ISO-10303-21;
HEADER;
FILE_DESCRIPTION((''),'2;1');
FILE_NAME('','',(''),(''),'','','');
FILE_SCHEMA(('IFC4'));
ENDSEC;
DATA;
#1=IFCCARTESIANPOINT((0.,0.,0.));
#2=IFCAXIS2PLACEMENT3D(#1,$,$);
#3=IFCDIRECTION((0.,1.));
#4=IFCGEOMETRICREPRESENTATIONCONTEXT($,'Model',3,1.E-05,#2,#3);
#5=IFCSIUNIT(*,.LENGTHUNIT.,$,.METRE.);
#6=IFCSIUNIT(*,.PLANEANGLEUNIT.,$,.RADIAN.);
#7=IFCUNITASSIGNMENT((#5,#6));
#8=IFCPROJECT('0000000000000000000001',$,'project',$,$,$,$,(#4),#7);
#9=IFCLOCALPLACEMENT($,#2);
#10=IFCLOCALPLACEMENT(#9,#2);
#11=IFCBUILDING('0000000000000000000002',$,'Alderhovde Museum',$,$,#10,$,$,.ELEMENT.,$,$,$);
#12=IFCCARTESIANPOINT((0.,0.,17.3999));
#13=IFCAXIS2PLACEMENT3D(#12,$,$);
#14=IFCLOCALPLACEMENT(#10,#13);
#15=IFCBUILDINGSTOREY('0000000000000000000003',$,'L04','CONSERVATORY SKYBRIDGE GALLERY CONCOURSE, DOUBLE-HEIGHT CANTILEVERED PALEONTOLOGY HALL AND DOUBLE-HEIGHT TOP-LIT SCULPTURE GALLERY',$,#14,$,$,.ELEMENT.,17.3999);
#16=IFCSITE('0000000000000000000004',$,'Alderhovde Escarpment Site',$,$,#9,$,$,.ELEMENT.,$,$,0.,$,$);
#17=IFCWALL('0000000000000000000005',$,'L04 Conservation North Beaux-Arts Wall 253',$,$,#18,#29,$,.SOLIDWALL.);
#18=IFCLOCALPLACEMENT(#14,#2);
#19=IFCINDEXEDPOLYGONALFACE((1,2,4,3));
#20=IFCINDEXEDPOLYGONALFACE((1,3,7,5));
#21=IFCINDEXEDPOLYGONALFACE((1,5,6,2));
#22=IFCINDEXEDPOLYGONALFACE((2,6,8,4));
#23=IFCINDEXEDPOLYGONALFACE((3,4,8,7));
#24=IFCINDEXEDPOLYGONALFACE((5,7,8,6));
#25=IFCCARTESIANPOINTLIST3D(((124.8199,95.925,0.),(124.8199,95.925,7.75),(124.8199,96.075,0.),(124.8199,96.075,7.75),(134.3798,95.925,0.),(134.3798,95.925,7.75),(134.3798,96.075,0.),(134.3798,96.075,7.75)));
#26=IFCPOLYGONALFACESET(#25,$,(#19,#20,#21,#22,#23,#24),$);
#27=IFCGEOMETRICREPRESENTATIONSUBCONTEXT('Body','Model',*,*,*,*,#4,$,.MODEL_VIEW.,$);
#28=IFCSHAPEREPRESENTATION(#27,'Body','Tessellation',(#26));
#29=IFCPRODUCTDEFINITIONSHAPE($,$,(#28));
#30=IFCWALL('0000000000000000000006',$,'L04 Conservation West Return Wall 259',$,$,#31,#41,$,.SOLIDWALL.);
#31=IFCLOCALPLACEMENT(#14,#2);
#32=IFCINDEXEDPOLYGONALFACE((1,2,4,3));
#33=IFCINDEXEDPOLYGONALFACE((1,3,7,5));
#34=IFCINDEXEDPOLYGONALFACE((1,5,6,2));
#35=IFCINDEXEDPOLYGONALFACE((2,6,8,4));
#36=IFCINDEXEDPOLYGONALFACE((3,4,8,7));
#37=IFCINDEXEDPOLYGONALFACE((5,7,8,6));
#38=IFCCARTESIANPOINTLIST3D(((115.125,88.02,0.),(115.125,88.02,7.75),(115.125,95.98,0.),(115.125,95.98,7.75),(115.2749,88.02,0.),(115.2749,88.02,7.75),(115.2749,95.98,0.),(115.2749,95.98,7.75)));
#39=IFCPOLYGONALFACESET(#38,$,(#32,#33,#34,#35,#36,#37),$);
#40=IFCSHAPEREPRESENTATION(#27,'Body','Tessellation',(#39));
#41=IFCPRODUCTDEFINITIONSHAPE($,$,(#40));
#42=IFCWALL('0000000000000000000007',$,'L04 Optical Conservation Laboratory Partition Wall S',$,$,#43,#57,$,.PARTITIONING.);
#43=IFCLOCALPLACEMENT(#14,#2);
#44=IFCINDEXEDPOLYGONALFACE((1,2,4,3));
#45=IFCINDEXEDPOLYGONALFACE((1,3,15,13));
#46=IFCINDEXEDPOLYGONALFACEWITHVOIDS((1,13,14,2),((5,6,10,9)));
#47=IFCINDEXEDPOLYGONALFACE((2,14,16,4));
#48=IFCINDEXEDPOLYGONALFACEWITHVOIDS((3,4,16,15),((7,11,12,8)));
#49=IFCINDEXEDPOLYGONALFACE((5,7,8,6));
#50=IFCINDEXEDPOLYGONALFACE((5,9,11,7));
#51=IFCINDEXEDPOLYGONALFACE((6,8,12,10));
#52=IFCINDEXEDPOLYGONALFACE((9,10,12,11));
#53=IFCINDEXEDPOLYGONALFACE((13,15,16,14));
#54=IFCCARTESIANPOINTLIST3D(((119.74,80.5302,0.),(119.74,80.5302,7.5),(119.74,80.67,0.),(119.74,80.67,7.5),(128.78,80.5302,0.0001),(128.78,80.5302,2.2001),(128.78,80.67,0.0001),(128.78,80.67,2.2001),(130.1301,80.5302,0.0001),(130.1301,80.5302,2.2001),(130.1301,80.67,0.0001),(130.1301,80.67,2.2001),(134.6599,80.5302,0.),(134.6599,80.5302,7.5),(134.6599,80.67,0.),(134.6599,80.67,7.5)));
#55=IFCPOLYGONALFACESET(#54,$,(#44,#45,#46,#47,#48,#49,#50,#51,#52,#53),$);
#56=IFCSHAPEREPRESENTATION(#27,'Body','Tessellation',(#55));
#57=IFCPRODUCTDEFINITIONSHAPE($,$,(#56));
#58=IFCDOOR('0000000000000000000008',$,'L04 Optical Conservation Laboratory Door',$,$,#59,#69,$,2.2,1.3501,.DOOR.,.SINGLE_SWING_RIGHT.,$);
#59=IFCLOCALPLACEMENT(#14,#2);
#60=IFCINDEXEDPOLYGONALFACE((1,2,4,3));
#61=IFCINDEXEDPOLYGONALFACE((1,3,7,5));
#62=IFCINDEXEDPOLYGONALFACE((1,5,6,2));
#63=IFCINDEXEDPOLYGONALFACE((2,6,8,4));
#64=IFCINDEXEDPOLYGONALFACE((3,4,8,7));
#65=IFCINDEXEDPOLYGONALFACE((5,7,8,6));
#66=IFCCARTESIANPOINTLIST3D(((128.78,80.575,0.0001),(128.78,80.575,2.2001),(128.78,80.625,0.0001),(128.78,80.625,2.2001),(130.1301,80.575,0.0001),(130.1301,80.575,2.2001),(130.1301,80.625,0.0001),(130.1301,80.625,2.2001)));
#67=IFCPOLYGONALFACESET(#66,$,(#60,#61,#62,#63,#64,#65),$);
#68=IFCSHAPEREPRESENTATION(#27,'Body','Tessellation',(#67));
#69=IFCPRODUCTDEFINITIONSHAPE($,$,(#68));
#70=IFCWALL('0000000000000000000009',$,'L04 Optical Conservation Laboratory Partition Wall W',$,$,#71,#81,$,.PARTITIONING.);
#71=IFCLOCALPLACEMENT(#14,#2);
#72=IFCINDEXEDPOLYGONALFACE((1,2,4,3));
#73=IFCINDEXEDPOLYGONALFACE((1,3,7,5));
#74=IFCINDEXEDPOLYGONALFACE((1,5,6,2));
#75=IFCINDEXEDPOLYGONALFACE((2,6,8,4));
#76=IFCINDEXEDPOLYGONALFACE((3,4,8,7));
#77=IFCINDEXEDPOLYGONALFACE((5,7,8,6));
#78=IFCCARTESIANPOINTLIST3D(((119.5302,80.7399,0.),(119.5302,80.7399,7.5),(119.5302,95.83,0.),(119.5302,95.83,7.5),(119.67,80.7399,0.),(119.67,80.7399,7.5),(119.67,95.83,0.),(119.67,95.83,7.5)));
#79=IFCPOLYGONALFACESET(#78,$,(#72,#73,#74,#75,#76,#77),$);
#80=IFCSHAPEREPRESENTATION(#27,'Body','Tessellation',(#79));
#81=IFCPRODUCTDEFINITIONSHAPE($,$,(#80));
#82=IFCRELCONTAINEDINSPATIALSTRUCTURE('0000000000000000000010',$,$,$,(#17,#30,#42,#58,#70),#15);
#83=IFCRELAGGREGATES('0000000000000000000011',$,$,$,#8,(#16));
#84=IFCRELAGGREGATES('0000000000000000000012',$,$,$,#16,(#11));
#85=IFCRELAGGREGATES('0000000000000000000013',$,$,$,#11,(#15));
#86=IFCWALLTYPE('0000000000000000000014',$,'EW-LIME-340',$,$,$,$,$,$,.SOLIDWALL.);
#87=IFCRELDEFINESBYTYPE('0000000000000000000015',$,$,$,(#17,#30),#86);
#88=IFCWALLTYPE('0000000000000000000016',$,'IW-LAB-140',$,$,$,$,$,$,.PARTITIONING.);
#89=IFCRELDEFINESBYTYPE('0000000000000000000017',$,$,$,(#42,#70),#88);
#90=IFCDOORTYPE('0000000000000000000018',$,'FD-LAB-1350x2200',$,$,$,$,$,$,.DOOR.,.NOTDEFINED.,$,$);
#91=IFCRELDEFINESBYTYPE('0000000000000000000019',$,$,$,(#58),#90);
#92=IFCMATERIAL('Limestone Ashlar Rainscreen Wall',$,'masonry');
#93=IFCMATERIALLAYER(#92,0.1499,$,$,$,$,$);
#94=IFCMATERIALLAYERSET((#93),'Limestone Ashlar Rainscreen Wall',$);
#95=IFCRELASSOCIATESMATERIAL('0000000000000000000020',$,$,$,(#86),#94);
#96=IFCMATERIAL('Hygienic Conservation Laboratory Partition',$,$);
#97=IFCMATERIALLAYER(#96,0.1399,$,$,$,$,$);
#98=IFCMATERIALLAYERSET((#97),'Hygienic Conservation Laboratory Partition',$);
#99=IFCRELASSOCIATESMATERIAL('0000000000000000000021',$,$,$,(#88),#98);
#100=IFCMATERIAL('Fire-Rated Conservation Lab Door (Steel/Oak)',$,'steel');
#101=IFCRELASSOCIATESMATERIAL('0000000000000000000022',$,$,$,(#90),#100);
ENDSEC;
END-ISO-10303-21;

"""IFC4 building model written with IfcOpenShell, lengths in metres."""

from ifc_helpers import new_model, si_unit, direction, frame, frame_2d, origin, place, context, subcontext, project, spatial, rectangle, extrude, material, layer, layer_set, type_object, element, fill, save


model = new_model("IFC4")

# Units and contexts
model_context = context("Model", 3, precision=1e-05, world=origin(), true_north=direction((0.0, 1.0)))
body_context = subcontext(model_context, "Body", "Model", "MODEL_VIEW")
ifc_project = project(units=[si_unit("LENGTHUNIT", "METRE"), si_unit("PLANEANGLEUNIT", "RADIAN")], contexts=[model_context])

# Site, building, storey
site_placement = place(None, origin())
site = spatial("IfcSite", under=ifc_project, at=site_placement, Name="Alderhovde Escarpment Site", CompositionType="ELEMENT", RefElevation=0.0)
building_placement = place(site_placement, origin())
building = spatial("IfcBuilding", under=site, at=building_placement, Name="Alderhovde Museum", CompositionType="ELEMENT")
storey_placement = place(building_placement, frame((0.0, 0.0, 17.3999)))
storey = spatial("IfcBuildingStorey", under=building, at=storey_placement, Name="L04", Description="CONSERVATORY SKYBRIDGE GALLERY CONCOURSE, DOUBLE-HEIGHT CANTILEVERED PALEONTOLOGY HALL AND DOUBLE-HEIGHT TOP-LIT SCULPTURE GALLERY", CompositionType="ELEMENT", Elevation=17.3999)

# Shared definitions
ifc_material_1 = material(Name="Limestone Ashlar Rainscreen Wall", Category="masonry")
ifc_layer_1 = layer(ifc_material_1, 0.1499)
ifc_layer_set_1 = layer_set([ifc_layer_1], Name="Limestone Ashlar Rainscreen Wall")
wall_type_1 = type_object("IfcWallType", Name="EW-LIME-340", PredefinedType="SOLIDWALL", material=ifc_layer_set_1)

# Walls
wall_1_placement = place(storey_placement, frame((124.8201, 96.0, 0.0), z_axis=(0.0, 0.0, 1.0), x_axis=(1.0, 0.0, 0.0)))
element("IfcWall", 1, at=wall_1_placement, inside=storey, type_object=wall_type_1, Name="L04 Conservation North Beaux-Arts Wall 253", PredefinedType="SOLIDWALL", context=body_context, shape_type="SweptSolid", body=[
    extrude(rectangle(XDim=9.5598, YDim=0.1499, at=frame_2d((4.7798, 0.0))), origin(), (0.0, 0.0, 1.0), 7.75),
])
wall_2_placement = place(storey_placement, frame((115.2, 88.02, 0.0), z_axis=(0.0, 0.0, 1.0), x_axis=(0.0, 1.0, 0.0)))
element("IfcWall", 2, at=wall_2_placement, inside=storey, type_object=wall_type_1, Name="L04 Conservation West Return Wall 259", PredefinedType="SOLIDWALL", context=body_context, shape_type="SweptSolid", body=[
    extrude(rectangle(XDim=7.96, YDim=0.1499, at=frame_2d((3.98, 0.0))), origin(), (0.0, 0.0, 1.0), 7.75),
])

# Wall, opening, door
ifc_material_2 = material(Name="Hygienic Conservation Laboratory Partition")
ifc_layer_2 = layer(ifc_material_2, 0.1399)
ifc_layer_set_2 = layer_set([ifc_layer_2], Name="Hygienic Conservation Laboratory Partition")
wall_type_2 = type_object("IfcWallType", Name="IW-LAB-140", PredefinedType="PARTITIONING", material=ifc_layer_set_2)
wall_3_placement = place(storey_placement, frame((119.74, 80.6001, 0.0), z_axis=(0.0, 0.0, 1.0), x_axis=(1.0, 0.0, 0.0)))
wall_3 = element("IfcWall", 3, at=wall_3_placement, inside=storey, type_object=wall_type_2, Name="L04 Optical Conservation Laboratory Partition Wall S", PredefinedType="PARTITIONING", context=body_context, shape_type="SweptSolid", body=[
    extrude(rectangle(XDim=14.9199, YDim=0.1399, at=frame_2d((7.46, 0.0))), origin(), (0.0, 0.0, 1.0), 7.5),
])
opening_1_placement = place(wall_3_placement, frame((9.04, 0.0, 0.0)))
opening_1 = element("IfcOpeningElement", 4, at=opening_1_placement, cuts=wall_3, PredefinedType="OPENING", context=body_context, shape_type="SweptSolid", body=[
    extrude(rectangle(XDim=1.3501, YDim=2.2, at=frame_2d((0.675, 1.1001))), frame((0.0, 0.0801, 0.0), z_axis=(0.0, -1.0, 0.0), x_axis=(1.0, 0.0, 0.0)), (0.0, 0.0, 1.0), 0.1599),
])
ifc_material_3 = material(Name="Fire-Rated Conservation Lab Door (Steel/Oak)", Category="steel")
door_type = type_object("IfcDoorType", Name="FD-LAB-1350x2200", OperationType="NOTDEFINED", PredefinedType="DOOR", material=ifc_material_3)
door_placement = place(opening_1_placement, origin())
door = element("IfcDoor", 5, at=door_placement, inside=storey, type_object=door_type, Name="L04 Optical Conservation Laboratory Door", OperationType="SINGLE_SWING_RIGHT", OverallHeight=2.2, OverallWidth=1.3501, PredefinedType="DOOR", context=body_context, shape_type="SweptSolid", body=[
    extrude(rectangle(XDim=1.3501, YDim=2.2, at=frame_2d((0.675, 1.1001))), frame((0.0, 0.0249, 0.0), z_axis=(0.0, -1.0, 0.0), x_axis=(1.0, 0.0, 0.0)), (0.0, 0.0, 1.0), 0.05),
])
fill(opening_1, door)

# Wall
wall_4_placement = place(storey_placement, frame((119.6001, 80.74, 0.0), z_axis=(0.0, 0.0, 1.0), x_axis=(0.0, 1.0, 0.0)))
element("IfcWall", 6, at=wall_4_placement, inside=storey, type_object=wall_type_2, Name="L04 Optical Conservation Laboratory Partition Wall W", PredefinedType="PARTITIONING", context=body_context, shape_type="SweptSolid", body=[
    extrude(rectangle(XDim=15.0901, YDim=0.1399, at=frame_2d((7.5449, 0.0))), origin(), (0.0, 0.0, 1.0), 7.5),
])

save(model, "model.ifc")
